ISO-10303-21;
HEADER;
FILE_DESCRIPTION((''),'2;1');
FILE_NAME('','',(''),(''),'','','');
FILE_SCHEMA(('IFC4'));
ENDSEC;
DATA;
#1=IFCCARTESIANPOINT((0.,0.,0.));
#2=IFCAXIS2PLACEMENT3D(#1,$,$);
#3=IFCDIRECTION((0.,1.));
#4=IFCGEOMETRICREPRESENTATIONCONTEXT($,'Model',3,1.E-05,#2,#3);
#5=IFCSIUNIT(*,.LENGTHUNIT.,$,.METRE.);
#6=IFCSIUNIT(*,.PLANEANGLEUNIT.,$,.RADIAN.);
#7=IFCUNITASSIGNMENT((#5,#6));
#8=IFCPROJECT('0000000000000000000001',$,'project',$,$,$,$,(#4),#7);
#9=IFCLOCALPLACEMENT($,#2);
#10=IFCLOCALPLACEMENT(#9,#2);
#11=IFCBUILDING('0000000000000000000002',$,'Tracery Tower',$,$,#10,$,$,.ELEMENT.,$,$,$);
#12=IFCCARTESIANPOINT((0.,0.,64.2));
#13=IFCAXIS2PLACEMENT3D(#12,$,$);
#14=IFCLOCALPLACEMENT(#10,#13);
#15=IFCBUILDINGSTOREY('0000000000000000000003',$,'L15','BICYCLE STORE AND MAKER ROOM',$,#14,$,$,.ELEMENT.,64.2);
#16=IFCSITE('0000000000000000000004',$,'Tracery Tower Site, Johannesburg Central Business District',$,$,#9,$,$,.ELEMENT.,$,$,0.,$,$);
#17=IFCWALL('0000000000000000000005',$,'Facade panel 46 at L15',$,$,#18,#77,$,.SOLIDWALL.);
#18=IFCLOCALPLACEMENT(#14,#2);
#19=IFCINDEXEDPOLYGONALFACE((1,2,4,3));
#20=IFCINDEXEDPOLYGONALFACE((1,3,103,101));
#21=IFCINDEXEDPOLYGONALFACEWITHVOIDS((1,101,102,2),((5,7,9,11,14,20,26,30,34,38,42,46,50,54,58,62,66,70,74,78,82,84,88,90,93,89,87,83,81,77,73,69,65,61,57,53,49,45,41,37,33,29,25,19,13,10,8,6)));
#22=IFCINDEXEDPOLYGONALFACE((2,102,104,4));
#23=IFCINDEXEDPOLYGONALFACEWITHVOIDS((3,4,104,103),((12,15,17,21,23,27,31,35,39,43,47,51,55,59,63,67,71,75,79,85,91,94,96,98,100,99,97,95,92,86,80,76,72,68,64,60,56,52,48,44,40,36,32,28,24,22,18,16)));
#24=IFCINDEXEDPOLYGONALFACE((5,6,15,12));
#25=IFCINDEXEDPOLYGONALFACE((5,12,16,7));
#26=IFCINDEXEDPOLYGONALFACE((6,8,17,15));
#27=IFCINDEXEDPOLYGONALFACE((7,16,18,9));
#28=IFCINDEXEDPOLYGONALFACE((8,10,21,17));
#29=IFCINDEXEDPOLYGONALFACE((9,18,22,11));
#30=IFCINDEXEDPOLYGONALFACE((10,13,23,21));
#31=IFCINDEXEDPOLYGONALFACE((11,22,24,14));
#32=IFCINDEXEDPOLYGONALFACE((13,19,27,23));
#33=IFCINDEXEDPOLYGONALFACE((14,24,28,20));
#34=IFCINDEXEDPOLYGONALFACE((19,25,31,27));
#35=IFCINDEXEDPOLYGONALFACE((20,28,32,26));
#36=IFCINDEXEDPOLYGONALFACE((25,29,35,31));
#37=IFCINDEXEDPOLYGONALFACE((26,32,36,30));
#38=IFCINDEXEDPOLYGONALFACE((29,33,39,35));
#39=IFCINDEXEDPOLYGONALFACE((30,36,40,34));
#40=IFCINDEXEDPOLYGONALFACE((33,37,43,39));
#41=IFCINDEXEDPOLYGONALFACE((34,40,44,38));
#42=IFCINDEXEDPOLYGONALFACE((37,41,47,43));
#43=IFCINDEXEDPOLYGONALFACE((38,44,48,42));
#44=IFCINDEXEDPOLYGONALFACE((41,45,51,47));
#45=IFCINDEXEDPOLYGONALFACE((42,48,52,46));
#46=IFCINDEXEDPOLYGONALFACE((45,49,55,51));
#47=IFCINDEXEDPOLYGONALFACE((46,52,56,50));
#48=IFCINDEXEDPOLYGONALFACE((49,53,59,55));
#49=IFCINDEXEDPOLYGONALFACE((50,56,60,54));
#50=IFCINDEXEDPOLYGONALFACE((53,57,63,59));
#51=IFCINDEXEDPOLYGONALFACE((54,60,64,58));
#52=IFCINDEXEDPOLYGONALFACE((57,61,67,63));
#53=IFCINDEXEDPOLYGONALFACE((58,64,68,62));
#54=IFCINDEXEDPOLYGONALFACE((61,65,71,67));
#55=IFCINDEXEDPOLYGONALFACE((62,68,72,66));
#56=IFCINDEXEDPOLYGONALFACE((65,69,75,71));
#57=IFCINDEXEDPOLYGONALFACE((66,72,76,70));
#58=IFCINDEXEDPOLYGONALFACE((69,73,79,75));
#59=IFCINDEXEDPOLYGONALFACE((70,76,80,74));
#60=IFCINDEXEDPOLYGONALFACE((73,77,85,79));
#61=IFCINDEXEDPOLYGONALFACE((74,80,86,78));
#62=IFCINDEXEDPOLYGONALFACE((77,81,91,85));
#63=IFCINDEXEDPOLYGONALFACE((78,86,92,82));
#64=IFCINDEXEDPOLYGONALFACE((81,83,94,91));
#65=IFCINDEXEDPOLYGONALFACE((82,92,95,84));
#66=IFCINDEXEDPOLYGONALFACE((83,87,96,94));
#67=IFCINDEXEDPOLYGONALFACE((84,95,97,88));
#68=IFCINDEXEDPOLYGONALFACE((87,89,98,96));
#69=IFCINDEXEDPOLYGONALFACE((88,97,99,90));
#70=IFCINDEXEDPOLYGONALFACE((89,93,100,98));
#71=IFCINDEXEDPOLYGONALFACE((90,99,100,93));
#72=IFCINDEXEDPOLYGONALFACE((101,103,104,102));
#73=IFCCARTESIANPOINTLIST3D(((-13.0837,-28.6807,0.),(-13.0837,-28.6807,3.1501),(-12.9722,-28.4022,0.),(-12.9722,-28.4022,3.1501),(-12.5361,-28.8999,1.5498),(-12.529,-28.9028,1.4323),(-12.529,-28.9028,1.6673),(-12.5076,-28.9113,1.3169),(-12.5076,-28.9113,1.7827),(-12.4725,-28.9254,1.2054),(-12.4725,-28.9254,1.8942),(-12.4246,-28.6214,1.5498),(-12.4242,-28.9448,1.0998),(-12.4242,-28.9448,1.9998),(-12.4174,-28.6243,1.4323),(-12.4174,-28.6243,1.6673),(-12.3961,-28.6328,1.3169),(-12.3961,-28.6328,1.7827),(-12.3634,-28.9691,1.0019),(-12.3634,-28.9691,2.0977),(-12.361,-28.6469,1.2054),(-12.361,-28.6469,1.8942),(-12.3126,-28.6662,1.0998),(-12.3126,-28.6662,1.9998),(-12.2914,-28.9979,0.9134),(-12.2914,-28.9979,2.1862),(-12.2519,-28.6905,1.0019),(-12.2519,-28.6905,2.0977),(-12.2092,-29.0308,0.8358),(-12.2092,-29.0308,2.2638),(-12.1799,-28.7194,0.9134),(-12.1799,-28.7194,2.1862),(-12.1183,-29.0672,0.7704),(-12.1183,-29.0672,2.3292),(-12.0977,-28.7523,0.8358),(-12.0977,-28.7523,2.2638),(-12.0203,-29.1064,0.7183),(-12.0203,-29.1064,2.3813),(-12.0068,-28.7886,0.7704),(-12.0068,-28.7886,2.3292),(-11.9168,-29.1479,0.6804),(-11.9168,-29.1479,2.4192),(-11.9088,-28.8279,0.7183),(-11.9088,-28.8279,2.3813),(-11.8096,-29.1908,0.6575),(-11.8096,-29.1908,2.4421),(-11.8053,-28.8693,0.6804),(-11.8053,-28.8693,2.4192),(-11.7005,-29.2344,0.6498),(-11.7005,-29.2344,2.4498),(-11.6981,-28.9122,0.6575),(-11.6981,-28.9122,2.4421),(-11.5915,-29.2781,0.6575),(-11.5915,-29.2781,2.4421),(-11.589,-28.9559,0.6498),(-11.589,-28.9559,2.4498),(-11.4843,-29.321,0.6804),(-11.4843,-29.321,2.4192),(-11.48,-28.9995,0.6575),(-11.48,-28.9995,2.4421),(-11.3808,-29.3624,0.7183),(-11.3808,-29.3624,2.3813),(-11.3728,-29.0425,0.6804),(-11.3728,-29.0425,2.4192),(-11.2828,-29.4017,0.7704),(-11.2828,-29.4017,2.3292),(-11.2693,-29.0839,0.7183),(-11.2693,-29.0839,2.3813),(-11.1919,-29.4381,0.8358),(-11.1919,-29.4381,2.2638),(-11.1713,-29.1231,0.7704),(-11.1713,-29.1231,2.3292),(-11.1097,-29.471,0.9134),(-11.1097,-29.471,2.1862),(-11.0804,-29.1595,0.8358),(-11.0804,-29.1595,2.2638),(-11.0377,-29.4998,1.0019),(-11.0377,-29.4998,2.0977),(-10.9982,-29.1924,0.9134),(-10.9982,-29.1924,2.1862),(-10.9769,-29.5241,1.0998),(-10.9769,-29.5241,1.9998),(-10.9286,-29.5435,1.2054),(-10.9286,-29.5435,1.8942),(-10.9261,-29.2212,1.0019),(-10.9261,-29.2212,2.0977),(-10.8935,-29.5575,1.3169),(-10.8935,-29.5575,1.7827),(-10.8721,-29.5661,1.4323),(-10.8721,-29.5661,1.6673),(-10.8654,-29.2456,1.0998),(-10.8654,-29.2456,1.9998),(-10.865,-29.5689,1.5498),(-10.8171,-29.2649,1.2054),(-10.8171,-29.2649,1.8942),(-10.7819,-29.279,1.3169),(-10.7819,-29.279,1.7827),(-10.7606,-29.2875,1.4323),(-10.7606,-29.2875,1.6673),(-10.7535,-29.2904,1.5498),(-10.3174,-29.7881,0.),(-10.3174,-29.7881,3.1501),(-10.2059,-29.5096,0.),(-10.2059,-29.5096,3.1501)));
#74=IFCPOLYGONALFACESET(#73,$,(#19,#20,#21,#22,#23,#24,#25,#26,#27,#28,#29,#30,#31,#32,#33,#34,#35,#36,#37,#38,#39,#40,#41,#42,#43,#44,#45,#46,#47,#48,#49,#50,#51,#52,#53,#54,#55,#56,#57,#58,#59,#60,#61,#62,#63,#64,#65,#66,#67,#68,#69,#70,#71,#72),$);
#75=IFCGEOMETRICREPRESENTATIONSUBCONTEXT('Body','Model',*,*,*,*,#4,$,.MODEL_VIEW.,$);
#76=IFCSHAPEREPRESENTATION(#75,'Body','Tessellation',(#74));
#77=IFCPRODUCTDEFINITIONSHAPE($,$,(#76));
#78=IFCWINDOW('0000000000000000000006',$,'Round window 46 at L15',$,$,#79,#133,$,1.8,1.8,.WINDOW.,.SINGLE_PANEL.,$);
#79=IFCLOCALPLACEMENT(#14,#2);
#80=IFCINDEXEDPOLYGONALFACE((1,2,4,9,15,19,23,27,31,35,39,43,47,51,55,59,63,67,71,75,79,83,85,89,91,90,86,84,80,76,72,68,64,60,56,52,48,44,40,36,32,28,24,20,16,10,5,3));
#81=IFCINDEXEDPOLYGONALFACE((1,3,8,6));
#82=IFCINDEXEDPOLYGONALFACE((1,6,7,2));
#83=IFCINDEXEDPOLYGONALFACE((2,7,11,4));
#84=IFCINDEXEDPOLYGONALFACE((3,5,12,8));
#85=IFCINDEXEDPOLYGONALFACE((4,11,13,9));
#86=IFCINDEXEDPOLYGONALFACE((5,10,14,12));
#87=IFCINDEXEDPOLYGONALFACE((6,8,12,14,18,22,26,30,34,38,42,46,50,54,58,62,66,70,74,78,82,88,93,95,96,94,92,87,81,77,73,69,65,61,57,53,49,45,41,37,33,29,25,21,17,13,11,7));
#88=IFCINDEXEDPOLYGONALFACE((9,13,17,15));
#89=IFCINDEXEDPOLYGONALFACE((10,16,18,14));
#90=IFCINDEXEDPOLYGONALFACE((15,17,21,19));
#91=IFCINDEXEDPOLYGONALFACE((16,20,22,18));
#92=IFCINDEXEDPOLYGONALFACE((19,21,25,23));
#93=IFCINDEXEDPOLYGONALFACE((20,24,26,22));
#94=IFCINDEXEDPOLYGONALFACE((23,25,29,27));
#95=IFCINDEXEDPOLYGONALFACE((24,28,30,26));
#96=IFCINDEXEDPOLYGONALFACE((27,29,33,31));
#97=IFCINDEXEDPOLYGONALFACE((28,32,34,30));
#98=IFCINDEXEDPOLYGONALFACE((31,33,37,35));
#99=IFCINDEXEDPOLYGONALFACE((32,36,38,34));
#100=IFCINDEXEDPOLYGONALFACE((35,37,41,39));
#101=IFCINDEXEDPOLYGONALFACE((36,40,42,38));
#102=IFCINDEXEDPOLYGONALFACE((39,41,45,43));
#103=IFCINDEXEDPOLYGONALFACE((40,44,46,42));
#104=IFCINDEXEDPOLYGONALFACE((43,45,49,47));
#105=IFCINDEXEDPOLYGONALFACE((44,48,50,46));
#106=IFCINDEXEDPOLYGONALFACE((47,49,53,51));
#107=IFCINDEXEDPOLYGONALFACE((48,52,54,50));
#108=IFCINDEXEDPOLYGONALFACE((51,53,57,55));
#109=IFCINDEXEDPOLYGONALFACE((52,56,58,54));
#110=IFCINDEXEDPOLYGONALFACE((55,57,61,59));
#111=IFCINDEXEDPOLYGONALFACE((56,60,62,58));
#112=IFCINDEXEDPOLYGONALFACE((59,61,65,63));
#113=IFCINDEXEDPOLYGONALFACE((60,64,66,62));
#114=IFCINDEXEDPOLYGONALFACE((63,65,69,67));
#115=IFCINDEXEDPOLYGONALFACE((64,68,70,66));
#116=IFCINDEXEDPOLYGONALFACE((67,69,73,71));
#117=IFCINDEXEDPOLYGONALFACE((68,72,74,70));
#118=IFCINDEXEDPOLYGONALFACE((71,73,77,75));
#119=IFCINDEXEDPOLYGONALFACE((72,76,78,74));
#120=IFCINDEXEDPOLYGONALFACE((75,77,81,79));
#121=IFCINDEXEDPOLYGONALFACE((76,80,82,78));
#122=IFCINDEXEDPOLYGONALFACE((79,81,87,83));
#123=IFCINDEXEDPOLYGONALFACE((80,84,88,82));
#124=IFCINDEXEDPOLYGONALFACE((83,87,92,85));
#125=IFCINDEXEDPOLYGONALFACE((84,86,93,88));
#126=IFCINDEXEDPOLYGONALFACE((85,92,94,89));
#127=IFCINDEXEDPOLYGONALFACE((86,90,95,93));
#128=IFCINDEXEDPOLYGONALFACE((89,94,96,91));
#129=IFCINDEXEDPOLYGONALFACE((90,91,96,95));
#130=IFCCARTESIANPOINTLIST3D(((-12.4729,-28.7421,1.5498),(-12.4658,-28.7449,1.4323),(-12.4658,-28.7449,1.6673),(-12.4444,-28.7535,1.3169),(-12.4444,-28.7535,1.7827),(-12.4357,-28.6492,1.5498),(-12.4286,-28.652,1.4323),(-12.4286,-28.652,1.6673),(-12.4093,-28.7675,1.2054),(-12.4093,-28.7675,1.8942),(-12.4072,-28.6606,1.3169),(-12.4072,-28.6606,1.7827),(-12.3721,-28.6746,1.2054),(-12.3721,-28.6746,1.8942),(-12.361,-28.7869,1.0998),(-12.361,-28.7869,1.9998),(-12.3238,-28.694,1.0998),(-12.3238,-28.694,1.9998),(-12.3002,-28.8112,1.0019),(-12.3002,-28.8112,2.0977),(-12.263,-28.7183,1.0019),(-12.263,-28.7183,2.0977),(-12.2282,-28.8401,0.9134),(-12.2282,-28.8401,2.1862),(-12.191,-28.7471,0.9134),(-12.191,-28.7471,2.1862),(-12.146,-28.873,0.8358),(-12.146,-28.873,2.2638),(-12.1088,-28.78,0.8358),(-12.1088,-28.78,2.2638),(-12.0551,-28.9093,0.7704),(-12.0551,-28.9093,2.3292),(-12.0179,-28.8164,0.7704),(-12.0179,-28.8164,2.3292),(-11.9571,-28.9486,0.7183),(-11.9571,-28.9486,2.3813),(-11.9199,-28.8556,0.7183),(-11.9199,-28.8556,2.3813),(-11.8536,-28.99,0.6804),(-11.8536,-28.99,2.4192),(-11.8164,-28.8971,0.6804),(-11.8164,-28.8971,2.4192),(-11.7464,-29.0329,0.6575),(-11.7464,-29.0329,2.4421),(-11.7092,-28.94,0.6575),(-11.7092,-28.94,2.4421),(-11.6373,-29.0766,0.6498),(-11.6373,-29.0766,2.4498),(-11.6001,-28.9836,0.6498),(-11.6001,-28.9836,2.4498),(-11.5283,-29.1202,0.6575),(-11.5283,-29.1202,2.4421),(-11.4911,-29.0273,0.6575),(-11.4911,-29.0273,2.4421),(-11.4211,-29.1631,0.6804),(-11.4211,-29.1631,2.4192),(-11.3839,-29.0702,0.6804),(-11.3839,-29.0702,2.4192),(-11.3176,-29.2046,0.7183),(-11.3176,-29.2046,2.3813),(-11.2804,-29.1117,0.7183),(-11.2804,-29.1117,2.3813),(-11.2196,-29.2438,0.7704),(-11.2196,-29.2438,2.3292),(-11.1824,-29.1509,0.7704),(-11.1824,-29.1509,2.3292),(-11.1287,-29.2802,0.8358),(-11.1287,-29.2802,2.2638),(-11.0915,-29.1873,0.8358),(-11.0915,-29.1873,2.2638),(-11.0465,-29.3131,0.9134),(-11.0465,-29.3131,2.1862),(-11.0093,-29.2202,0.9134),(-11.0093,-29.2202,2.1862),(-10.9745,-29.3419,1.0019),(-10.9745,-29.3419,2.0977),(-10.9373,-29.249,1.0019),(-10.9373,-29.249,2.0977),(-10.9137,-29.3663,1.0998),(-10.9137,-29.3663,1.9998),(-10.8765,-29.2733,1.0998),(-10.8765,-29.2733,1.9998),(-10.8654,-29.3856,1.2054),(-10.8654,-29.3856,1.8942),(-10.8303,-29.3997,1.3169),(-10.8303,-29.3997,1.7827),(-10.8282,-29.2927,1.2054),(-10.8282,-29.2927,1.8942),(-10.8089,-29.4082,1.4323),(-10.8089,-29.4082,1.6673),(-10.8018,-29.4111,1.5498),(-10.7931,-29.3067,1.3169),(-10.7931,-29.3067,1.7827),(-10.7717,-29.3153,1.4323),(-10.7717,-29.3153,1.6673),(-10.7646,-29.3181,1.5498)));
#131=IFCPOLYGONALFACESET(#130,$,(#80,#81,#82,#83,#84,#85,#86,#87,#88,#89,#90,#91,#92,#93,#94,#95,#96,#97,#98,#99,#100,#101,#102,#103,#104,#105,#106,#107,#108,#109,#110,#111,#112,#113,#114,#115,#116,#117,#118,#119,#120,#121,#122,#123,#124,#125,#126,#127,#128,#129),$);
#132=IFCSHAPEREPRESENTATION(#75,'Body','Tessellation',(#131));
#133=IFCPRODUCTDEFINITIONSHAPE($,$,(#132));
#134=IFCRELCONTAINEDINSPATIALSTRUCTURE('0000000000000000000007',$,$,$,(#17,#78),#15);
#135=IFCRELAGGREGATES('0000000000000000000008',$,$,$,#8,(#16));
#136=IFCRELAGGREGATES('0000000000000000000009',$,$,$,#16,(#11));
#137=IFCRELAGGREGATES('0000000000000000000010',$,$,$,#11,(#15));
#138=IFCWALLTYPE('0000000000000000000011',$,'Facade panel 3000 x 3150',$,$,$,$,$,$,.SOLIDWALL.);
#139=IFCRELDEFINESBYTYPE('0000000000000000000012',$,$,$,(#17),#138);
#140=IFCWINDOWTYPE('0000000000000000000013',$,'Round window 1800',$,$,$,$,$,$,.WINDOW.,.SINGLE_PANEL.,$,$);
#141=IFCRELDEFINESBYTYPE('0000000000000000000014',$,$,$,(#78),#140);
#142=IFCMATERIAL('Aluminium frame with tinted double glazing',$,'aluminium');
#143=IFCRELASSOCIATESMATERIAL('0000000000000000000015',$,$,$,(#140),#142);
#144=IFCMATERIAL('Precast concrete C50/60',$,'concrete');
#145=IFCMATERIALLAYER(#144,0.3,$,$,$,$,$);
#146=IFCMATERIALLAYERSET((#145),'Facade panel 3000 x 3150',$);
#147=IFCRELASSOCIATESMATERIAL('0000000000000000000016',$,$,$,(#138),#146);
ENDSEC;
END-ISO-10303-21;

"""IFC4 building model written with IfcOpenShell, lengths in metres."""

from ifc_helpers import new_model, si_unit, direction, frame, frame_2d, origin, origin_2d, place, context, subcontext, project, spatial, rectangle, circle, extrude, material, layer, layer_set, type_object, element, fill, save


model = new_model("IFC4")

# Units and contexts
model_context = context("Model", 3, precision=1e-05, world=origin(), true_north=direction((0.0, 1.0)))
body_context = subcontext(model_context, "Body", "Model", "MODEL_VIEW")
ifc_project = project(units=[si_unit("LENGTHUNIT", "METRE"), si_unit("PLANEANGLEUNIT", "RADIAN")], contexts=[model_context])

# Site, building, storey
site_placement = place(None, origin())
site = spatial("IfcSite", under=ifc_project, at=site_placement, Name="Tracery Tower Site, Johannesburg Central Business District", CompositionType="ELEMENT", RefElevation=0.0)
building_placement = place(site_placement, origin())
building = spatial("IfcBuilding", under=site, at=building_placement, Name="Tracery Tower", CompositionType="ELEMENT")
storey_placement = place(building_placement, frame((0.0, 0.0, 64.2)))
storey = spatial("IfcBuildingStorey", under=building, at=storey_placement, Name="L15", Description="BICYCLE STORE AND MAKER ROOM", CompositionType="ELEMENT", Elevation=64.2)

# Wall, opening, window
ifc_material_1 = material(Name="Aluminium frame with tinted double glazing", Category="aluminium")
window_type = type_object("IfcWindowType", Name="Round window 1800", PartitioningType="SINGLE_PANEL", PredefinedType="WINDOW", material=ifc_material_1)
ifc_material_2 = material(Name="Precast concrete C50/60", Category="concrete")
ifc_layer_1 = layer(ifc_material_2, 0.3)
ifc_layer_set_1 = layer_set([ifc_layer_1], Name="Facade panel 3000 x 3150")
wall_type_1 = type_object("IfcWallType", Name="Facade panel 3000 x 3150", PredefinedType="SOLIDWALL", material=ifc_layer_set_1)
wall_1_placement = place(storey_placement, frame((-13.0278, -28.5415, 0.0), z_axis=(0.0, 0.0, 1.0), x_axis=(0.928375, -0.371645, 0.0)))
wall_1 = element("IfcWall", 1, at=wall_1_placement, inside=storey, type_object=wall_type_1, Name="Facade panel 46 at L15", PredefinedType="SOLIDWALL", context=body_context, shape_type="SweptSolid", body=[
    extrude(rectangle(XDim=2.9797, YDim=0.3, at=frame_2d((1.4897, 0.0))), origin(), (0.0, 0.0, 1.0), 3.1501),
])
opening_1_placement = place(wall_1_placement, frame((1.4897, 0.0, 1.5498)))
opening_1 = element("IfcOpeningElement", 2, at=opening_1_placement, cuts=wall_1, PredefinedType="OPENING", context=body_context, shape_type="SweptSolid", body=[
    extrude(circle(Radius=0.9, at=origin_2d()), frame((0.0, 0.1599, 0.0), z_axis=(0.0, -1.0, 0.0), x_axis=(1.0, 0.0, 0.0)), (0.0, 0.0, 1.0), 0.3201),
])
window_1_placement = place(opening_1_placement, origin())
window_1 = element("IfcWindow", 3, at=window_1_placement, inside=storey, type_object=window_type, Name="Round window 46 at L15", OverallHeight=1.8, OverallWidth=1.8, PartitioningType="SINGLE_PANEL", PredefinedType="WINDOW", context=body_context, shape_type="SweptSolid", body=[
    extrude(circle(Radius=0.9, at=origin_2d()), frame((0.0, 0.1201, 0.0), z_axis=(0.0, -1.0, 0.0), x_axis=(1.0, 0.0, 0.0)), (0.0, 0.0, 1.0), 0.1001),
])
fill(opening_1, window_1)

save(model, "model.ifc")
